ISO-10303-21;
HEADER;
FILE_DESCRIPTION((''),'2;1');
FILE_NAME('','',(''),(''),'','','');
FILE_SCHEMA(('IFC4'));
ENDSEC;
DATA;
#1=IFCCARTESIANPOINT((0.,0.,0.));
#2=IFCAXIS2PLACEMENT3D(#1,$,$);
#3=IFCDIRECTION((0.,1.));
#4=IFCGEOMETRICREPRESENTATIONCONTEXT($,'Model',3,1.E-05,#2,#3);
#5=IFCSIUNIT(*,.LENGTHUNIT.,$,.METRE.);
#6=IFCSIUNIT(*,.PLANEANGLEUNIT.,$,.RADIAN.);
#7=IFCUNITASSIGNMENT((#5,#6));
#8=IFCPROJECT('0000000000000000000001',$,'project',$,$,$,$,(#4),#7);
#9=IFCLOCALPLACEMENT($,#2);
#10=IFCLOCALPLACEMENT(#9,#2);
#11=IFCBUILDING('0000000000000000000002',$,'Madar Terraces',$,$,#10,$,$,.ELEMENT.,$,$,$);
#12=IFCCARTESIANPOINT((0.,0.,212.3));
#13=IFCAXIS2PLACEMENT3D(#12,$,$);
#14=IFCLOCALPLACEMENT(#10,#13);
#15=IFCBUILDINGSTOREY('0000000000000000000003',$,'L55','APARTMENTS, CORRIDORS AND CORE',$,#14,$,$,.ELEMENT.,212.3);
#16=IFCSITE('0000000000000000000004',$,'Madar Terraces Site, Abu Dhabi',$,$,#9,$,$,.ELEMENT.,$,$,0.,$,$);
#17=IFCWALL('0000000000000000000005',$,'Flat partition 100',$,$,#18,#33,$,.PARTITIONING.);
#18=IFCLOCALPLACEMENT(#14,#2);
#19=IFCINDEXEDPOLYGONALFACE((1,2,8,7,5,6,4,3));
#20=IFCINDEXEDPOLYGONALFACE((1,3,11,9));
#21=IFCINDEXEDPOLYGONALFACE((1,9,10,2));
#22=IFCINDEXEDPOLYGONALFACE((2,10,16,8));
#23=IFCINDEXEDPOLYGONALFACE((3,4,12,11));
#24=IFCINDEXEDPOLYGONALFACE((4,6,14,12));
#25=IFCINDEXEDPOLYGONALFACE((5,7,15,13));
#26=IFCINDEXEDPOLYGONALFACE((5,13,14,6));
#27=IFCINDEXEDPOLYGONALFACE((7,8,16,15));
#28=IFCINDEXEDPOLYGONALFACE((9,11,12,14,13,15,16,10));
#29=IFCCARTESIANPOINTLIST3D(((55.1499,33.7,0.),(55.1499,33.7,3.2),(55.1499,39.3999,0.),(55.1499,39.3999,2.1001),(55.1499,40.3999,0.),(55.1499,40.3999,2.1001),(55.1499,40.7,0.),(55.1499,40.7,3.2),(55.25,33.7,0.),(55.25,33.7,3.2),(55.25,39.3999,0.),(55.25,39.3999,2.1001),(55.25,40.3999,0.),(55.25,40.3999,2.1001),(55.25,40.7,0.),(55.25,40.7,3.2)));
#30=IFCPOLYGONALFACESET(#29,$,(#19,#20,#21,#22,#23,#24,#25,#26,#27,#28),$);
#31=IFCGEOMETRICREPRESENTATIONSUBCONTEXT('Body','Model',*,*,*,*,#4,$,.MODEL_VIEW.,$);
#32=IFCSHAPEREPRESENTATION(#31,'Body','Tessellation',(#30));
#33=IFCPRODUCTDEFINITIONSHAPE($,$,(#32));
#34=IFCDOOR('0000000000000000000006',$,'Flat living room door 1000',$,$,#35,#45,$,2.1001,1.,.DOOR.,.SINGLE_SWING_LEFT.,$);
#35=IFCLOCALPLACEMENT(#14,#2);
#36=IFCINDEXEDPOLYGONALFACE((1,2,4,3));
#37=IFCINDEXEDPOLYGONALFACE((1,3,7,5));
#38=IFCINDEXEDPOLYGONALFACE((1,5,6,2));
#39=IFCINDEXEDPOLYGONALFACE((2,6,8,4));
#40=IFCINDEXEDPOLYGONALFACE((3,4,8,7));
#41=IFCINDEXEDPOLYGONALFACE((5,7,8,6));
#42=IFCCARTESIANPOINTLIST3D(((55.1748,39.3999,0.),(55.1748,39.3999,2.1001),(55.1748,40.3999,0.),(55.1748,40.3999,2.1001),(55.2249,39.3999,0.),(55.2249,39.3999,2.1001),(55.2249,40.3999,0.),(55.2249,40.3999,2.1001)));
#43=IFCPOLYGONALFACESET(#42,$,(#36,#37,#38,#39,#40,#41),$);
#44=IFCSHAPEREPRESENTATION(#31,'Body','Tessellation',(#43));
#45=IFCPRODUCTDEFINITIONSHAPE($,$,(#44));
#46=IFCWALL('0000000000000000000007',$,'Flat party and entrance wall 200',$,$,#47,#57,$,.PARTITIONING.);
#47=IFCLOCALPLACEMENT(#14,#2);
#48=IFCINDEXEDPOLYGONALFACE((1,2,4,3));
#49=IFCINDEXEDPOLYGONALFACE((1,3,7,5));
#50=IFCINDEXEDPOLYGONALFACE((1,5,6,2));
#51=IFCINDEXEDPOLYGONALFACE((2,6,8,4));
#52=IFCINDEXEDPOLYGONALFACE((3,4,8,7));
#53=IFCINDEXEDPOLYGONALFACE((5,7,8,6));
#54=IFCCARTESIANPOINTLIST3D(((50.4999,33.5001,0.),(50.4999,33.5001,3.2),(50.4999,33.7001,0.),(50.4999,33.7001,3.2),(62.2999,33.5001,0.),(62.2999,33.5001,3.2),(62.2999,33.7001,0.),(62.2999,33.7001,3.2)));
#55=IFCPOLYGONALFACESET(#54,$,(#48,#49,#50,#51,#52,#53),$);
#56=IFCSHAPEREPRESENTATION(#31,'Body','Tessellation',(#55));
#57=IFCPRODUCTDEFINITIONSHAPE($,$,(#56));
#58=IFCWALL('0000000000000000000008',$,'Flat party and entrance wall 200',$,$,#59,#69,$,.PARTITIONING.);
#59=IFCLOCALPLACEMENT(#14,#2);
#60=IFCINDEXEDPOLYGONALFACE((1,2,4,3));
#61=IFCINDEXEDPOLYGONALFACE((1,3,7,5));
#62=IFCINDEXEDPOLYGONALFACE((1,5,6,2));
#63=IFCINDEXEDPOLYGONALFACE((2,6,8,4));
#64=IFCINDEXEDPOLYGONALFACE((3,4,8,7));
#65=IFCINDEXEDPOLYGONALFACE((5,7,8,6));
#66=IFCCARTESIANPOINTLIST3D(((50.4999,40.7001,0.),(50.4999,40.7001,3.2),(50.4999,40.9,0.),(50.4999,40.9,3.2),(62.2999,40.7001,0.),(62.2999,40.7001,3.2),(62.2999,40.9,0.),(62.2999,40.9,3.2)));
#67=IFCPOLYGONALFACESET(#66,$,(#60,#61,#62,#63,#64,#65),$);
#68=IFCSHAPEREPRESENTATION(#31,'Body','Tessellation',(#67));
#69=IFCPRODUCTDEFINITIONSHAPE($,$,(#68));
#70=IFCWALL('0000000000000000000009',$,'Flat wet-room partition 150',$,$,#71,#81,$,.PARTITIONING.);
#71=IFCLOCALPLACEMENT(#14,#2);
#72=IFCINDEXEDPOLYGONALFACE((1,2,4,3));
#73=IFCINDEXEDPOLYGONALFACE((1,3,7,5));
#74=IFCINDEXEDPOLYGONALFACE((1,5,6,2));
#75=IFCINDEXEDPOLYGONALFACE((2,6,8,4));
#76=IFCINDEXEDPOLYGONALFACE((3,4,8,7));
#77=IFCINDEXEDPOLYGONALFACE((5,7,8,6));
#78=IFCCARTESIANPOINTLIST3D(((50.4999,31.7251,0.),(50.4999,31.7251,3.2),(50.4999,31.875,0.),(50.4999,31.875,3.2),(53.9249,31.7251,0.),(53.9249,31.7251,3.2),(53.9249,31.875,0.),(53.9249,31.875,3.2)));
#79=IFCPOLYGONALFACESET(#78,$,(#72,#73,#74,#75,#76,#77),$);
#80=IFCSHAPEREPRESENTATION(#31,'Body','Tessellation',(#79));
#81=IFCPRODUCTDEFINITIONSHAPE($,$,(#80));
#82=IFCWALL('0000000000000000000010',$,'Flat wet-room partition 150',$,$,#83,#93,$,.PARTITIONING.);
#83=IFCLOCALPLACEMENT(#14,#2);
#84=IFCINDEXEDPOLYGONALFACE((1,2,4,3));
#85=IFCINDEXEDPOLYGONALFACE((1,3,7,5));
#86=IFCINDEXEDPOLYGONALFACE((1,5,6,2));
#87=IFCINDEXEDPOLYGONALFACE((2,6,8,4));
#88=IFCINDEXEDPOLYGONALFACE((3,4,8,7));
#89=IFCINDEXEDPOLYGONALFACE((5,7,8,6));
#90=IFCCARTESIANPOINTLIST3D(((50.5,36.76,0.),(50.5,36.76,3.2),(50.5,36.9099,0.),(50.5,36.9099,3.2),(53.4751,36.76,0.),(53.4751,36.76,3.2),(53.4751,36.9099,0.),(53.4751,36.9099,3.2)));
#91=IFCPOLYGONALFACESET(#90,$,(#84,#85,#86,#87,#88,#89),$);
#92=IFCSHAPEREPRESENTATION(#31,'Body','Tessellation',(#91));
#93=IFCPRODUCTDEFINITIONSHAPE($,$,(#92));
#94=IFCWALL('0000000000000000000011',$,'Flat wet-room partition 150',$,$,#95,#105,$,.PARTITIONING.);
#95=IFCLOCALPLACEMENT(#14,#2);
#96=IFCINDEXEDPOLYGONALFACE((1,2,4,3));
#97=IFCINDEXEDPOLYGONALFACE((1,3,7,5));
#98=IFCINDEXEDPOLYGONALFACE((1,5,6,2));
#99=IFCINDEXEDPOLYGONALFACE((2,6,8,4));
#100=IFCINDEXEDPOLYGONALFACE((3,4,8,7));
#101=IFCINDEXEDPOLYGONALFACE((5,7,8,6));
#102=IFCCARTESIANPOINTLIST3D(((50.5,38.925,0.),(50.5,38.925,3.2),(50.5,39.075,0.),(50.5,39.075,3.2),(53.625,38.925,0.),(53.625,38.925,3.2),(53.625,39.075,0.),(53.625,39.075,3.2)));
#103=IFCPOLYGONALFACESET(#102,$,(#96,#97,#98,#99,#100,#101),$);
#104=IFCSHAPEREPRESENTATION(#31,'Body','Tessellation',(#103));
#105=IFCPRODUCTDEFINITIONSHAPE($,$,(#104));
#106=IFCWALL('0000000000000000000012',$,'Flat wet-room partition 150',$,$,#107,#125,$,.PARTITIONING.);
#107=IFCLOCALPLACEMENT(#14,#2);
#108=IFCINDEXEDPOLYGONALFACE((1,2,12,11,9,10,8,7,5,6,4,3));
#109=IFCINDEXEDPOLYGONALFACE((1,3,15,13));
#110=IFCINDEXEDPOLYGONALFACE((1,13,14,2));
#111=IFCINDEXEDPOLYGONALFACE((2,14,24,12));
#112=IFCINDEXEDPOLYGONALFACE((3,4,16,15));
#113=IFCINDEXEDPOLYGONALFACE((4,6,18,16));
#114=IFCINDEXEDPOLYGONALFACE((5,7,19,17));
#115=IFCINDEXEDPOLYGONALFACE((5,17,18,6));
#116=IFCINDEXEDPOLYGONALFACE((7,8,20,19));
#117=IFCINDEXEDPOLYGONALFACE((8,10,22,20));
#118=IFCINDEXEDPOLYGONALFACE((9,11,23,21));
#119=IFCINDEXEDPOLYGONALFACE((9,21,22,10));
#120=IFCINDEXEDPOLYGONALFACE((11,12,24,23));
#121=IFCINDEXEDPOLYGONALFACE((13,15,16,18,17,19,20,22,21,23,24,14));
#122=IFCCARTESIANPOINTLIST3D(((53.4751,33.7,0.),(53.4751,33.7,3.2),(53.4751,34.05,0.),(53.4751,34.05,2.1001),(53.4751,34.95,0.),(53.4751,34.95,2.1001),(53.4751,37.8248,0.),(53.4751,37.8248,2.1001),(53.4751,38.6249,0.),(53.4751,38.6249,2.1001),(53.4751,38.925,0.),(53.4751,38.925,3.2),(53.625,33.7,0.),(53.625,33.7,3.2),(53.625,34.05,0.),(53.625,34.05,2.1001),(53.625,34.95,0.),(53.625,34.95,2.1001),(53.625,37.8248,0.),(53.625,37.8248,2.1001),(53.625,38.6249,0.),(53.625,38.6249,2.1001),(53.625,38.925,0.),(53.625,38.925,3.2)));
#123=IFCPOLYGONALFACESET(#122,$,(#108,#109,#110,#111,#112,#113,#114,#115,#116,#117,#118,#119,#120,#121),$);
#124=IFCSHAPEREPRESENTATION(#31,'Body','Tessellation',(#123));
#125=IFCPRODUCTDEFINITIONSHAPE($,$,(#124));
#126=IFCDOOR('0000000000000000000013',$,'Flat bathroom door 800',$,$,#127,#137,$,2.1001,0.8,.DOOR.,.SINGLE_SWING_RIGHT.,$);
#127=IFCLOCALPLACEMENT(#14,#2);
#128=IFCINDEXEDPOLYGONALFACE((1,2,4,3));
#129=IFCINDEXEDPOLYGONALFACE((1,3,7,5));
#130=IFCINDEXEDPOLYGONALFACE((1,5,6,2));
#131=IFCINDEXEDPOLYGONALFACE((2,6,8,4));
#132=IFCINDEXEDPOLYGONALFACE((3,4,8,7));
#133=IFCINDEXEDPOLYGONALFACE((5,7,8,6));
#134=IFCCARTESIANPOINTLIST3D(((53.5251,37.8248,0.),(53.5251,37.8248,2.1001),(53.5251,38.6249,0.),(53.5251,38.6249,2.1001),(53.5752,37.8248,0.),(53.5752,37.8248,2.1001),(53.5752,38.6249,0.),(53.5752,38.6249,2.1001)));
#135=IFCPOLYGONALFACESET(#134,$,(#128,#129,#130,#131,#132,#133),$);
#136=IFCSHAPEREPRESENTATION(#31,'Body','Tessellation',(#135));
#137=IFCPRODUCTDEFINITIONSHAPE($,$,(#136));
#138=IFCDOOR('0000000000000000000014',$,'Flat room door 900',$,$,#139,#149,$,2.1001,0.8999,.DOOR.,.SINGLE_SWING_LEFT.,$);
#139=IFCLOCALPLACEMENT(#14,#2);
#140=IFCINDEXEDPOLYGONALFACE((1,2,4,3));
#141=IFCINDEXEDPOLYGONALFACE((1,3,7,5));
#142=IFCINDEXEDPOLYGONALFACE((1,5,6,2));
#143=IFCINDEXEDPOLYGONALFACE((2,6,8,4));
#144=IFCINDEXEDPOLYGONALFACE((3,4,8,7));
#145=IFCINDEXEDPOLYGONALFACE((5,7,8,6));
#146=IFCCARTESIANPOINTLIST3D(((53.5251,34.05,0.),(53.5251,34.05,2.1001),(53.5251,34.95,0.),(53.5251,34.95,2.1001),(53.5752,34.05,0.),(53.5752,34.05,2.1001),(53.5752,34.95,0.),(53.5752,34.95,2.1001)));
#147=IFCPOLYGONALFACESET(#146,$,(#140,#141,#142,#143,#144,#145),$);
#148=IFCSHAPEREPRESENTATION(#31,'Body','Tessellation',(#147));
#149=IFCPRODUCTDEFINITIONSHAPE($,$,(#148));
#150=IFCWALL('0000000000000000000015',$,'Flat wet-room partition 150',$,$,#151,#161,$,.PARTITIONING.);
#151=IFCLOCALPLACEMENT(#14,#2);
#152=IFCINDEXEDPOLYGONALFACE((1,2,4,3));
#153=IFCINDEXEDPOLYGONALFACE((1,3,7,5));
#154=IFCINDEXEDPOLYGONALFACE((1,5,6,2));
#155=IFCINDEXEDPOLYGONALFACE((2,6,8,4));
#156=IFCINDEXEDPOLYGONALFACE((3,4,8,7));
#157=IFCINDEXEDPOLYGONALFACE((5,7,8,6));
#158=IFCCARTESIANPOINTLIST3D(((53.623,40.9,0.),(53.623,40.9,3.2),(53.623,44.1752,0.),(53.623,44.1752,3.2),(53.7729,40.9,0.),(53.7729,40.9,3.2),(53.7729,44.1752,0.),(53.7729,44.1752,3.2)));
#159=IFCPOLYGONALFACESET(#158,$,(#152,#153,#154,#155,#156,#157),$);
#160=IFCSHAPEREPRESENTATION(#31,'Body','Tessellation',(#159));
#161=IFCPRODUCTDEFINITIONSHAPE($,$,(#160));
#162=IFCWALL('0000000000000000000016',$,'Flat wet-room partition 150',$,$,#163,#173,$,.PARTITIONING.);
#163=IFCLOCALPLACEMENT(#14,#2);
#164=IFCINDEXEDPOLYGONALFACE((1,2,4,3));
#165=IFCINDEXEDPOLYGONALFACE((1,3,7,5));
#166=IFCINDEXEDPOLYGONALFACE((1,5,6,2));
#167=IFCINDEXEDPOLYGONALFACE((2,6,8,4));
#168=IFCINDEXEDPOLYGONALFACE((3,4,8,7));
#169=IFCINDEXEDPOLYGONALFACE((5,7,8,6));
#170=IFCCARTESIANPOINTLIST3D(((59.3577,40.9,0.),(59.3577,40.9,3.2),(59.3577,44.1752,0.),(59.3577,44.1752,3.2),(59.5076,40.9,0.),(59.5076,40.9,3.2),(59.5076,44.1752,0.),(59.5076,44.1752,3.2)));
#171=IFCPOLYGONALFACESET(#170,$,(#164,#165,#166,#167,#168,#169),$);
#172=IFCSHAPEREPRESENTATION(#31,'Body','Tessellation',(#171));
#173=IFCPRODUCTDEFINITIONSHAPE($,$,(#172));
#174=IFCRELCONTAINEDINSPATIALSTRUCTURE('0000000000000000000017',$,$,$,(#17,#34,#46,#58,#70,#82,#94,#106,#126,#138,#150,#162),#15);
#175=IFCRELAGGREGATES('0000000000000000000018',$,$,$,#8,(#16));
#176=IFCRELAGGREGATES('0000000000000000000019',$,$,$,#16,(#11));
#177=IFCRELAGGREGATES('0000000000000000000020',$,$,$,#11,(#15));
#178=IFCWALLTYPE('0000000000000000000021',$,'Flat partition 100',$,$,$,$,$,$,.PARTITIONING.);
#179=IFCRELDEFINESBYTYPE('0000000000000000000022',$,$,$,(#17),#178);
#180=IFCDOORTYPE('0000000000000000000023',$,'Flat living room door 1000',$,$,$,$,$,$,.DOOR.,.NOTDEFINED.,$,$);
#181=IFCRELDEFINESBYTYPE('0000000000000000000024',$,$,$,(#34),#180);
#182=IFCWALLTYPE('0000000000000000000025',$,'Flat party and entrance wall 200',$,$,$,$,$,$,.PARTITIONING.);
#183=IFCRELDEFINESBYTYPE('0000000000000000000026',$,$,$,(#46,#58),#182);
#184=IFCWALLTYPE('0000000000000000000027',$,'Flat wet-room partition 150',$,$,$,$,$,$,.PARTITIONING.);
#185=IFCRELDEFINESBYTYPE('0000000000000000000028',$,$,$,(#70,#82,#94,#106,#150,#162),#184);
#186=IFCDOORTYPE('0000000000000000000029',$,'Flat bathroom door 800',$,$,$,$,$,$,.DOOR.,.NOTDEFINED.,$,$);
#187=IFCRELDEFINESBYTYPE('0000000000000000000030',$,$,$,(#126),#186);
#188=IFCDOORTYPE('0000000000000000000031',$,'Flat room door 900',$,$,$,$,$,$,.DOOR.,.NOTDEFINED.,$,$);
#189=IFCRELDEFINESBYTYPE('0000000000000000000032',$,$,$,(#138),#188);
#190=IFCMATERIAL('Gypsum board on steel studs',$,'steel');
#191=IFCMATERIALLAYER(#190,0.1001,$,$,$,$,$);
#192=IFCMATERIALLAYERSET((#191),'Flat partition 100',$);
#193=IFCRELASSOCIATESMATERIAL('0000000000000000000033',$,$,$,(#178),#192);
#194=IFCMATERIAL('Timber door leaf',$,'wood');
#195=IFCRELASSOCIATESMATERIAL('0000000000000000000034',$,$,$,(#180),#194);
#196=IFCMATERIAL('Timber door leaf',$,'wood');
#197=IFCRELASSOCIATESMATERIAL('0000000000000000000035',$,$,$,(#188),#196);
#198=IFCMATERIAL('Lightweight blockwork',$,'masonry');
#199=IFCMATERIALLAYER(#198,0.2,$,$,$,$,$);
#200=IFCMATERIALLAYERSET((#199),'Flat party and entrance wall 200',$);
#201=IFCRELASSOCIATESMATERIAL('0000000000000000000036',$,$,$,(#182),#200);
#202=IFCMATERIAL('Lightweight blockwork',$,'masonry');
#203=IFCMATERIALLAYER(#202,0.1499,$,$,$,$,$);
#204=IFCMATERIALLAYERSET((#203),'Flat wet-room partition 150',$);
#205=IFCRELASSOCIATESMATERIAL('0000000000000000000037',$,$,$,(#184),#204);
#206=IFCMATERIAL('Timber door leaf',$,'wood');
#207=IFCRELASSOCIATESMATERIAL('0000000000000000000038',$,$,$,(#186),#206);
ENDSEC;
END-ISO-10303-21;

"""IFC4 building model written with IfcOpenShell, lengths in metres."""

from ifc_helpers import new_model, si_unit, direction, frame, frame_2d, origin, place, context, subcontext, project, spatial, rectangle, extrude, material, layer, layer_set, type_object, element, fill, save


model = new_model("IFC4")

# Units and contexts
model_context = context("Model", 3, precision=1e-05, world=origin(), true_north=direction((0.0, 1.0)))
body_context = subcontext(model_context, "Body", "Model", "MODEL_VIEW")
ifc_project = project(units=[si_unit("LENGTHUNIT", "METRE"), si_unit("PLANEANGLEUNIT", "RADIAN")], contexts=[model_context])

# Site, building, storey
site_placement = place(None, origin())
site = spatial("IfcSite", under=ifc_project, at=site_placement, Name="Madar Terraces Site, Abu Dhabi", CompositionType="ELEMENT", RefElevation=0.0)
building_placement = place(site_placement, origin())
building = spatial("IfcBuilding", under=site, at=building_placement, Name="Madar Terraces", CompositionType="ELEMENT")
storey_placement = place(building_placement, frame((0.0, 0.0, 212.3)))
storey = spatial("IfcBuildingStorey", under=building, at=storey_placement, Name="L55", Description="APARTMENTS, CORRIDORS AND CORE", CompositionType="ELEMENT", Elevation=212.3)

# Shared definitions
ifc_material_1 = material(Name="Gypsum board on steel studs", Category="steel")
ifc_layer_1 = layer(ifc_material_1, 0.1001)
ifc_layer_set_1 = layer_set([ifc_layer_1], Name="Flat partition 100")
wall_type_1 = type_object("IfcWallType", Name="Flat partition 100", PredefinedType="PARTITIONING", material=ifc_layer_set_1)
ifc_material_2 = material(Name="Timber door leaf", Category="wood")
door_type_1 = type_object("IfcDoorType", Name="Flat living room door 1000", OperationType="NOTDEFINED", PredefinedType="DOOR", material=ifc_material_2)
ifc_material_3 = material(Name="Timber door leaf", Category="wood")
door_type_2 = type_object("IfcDoorType", Name="Flat room door 900", OperationType="NOTDEFINED", PredefinedType="DOOR", material=ifc_material_3)

# Wall, opening, door
wall_1_placement = place(storey_placement, frame((55.2, 40.7, 0.0), z_axis=(0.0, 0.0, 1.0), x_axis=(0.0, -1.0, 0.0)))
wall_1 = element("IfcWall", 1, at=wall_1_placement, inside=storey, type_object=wall_type_1, Name="Flat partition 100", PredefinedType="PARTITIONING", context=body_context, shape_type="SweptSolid", body=[
    extrude(rectangle(XDim=7.0, YDim=0.1001, at=frame_2d((3.5, 0.0))), origin(), (0.0, 0.0, 1.0), 3.2),
])
opening_1_placement = place(wall_1_placement, frame((0.3, 0.0, 0.0)))
opening_1 = element("IfcOpeningElement", 2, at=opening_1_placement, cuts=wall_1, PredefinedType="OPENING", context=body_context, shape_type="SweptSolid", body=[
    extrude(rectangle(XDim=1.0, YDim=2.1001, at=frame_2d((0.5, 1.05))), frame((0.0, 0.0601, 0.0), z_axis=(0.0, -1.0, 0.0), x_axis=(1.0, 0.0, 0.0)), (0.0, 0.0, 1.0), 0.1201),
])
door_1_placement = place(opening_1_placement, origin())
door_1 = element("IfcDoor", 3, at=door_1_placement, inside=storey, type_object=door_type_1, Name="Flat living room door 1000", OperationType="SINGLE_SWING_LEFT", OverallHeight=2.1001, OverallWidth=1.0, PredefinedType="DOOR", context=body_context, shape_type="SweptSolid", body=[
    extrude(rectangle(XDim=1.0, YDim=2.1001, at=frame_2d((0.5, 1.05))), frame((0.0, 0.0249, 0.0), z_axis=(0.0, -1.0, 0.0), x_axis=(1.0, 0.0, 0.0)), (0.0, 0.0, 1.0), 0.05),
])
fill(opening_1, door_1)

# Walls
ifc_material_4 = material(Name="Lightweight blockwork", Category="masonry")
ifc_layer_2 = layer(ifc_material_4, 0.2)
ifc_layer_set_2 = layer_set([ifc_layer_2], Name="Flat party and entrance wall 200")
wall_type_2 = type_object("IfcWallType", Name="Flat party and entrance wall 200", PredefinedType="PARTITIONING", material=ifc_layer_set_2)
for number, where, z_axis, x_axis, name in (
    (4, (50.5, 33.6001, 0.0), (0.0, 0.0, 1.0), (1.0, 0.0, 0.0), "Flat party and entrance wall 200"),
    (5, (50.5, 40.8, 0.0), (0.0, 0.0, 1.0), (1.0, 0.0, 0.0), "Flat party and entrance wall 200"),
):
    element("IfcWall", number, at=place(storey_placement, frame(where, z_axis=z_axis, x_axis=x_axis)), inside=storey, type_object=wall_type_2, Name=name, PredefinedType="PARTITIONING", context=body_context, shape_type="SweptSolid", body=[
        extrude(rectangle(XDim=11.8, YDim=0.2, at=frame_2d((5.8999, 0.0))), origin(), (0.0, 0.0, 1.0), 3.2),
    ])
ifc_material_5 = material(Name="Lightweight blockwork", Category="masonry")
ifc_layer_3 = layer(ifc_material_5, 0.1499)
ifc_layer_set_3 = layer_set([ifc_layer_3], Name="Flat wet-room partition 150")
wall_type_3 = type_object("IfcWallType", Name="Flat wet-room partition 150", PredefinedType="PARTITIONING", material=ifc_layer_set_3)
wall_2_placement = place(storey_placement, frame((50.5, 31.8, 0.0), z_axis=(0.0, 0.0, 1.0), x_axis=(1.0, 0.0, 0.0)))
element("IfcWall", 6, at=wall_2_placement, inside=storey, type_object=wall_type_3, Name="Flat wet-room partition 150", PredefinedType="PARTITIONING", context=body_context, shape_type="SweptSolid", body=[
    extrude(rectangle(XDim=3.425, YDim=0.1499, at=frame_2d((1.7124, 0.0))), origin(), (0.0, 0.0, 1.0), 3.2),
])
wall_3_placement = place(storey_placement, frame((50.5, 36.835, 0.0), z_axis=(0.0, 0.0, 1.0), x_axis=(1.0, 0.0, 0.0)))
element("IfcWall", 7, at=wall_3_placement, inside=storey, type_object=wall_type_3, Name="Flat wet-room partition 150", PredefinedType="PARTITIONING", context=body_context, shape_type="SweptSolid", body=[
    extrude(rectangle(XDim=2.9751, YDim=0.1499, at=frame_2d((1.4875, 0.0))), origin(), (0.0, 0.0, 1.0), 3.2),
])
wall_4_placement = place(storey_placement, frame((50.5, 39.0, 0.0), z_axis=(0.0, 0.0, 1.0), x_axis=(1.0, 0.0, 0.0)))
element("IfcWall", 8, at=wall_4_placement, inside=storey, type_object=wall_type_3, Name="Flat wet-room partition 150", PredefinedType="PARTITIONING", context=body_context, shape_type="SweptSolid", body=[
    extrude(rectangle(XDim=3.125, YDim=0.1499, at=frame_2d((1.5625, 0.0))), origin(), (0.0, 0.0, 1.0), 3.2),
])

# Wall, openings, doors
wall_5_placement = place(storey_placement, frame((53.55, 33.7, 0.0), z_axis=(0.0, 0.0, 1.0), x_axis=(0.0, 1.0, 0.0)))
wall_5 = element("IfcWall", 9, at=wall_5_placement, inside=storey, type_object=wall_type_3, Name="Flat wet-room partition 150", PredefinedType="PARTITIONING", context=body_context, shape_type="SweptSolid", body=[
    extrude(rectangle(XDim=5.2251, YDim=0.1499, at=frame_2d((2.6125, 0.0))), origin(), (0.0, 0.0, 1.0), 3.2),
])
opening_2_placement = place(wall_5_placement, frame((4.125, 0.0, 0.0)))
opening_2 = element("IfcOpeningElement", 10, at=opening_2_placement, cuts=wall_5, PredefinedType="OPENING", context=body_context, shape_type="SweptSolid", body=[
    extrude(rectangle(XDim=0.8, YDim=2.1001, at=frame_2d((0.3999, 1.05))), frame((0.0, 0.085, 0.0), z_axis=(0.0, -1.0, 0.0), x_axis=(1.0, 0.0, 0.0)), (0.0, 0.0, 1.0), 0.1699),
])
opening_3_placement = place(wall_5_placement, frame((0.3501, 0.0, 0.0)))
opening_3 = element("IfcOpeningElement", 11, at=opening_3_placement, cuts=wall_5, PredefinedType="OPENING", context=body_context, shape_type="SweptSolid", body=[
    extrude(rectangle(XDim=0.8999, YDim=2.1001, at=frame_2d((0.45, 1.05))), frame((0.0, 0.085, 0.0), z_axis=(0.0, -1.0, 0.0), x_axis=(1.0, 0.0, 0.0)), (0.0, 0.0, 1.0), 0.1699),
])
ifc_material_6 = material(Name="Timber door leaf", Category="wood")
door_type_3 = type_object("IfcDoorType", Name="Flat bathroom door 800", OperationType="NOTDEFINED", PredefinedType="DOOR", material=ifc_material_6)
door_2_placement = place(opening_2_placement, origin())
door_2 = element("IfcDoor", 12, at=door_2_placement, inside=storey, type_object=door_type_3, Name="Flat bathroom door 800", OperationType="SINGLE_SWING_RIGHT", OverallHeight=2.1001, OverallWidth=0.8, PredefinedType="DOOR", context=body_context, shape_type="SweptSolid", body=[
    extrude(rectangle(XDim=0.8, YDim=2.1001, at=frame_2d((0.3999, 1.05))), frame((0.0, 0.0249, 0.0), z_axis=(0.0, -1.0, 0.0), x_axis=(1.0, 0.0, 0.0)), (0.0, 0.0, 1.0), 0.05),
])
fill(opening_2, door_2)
door_3_placement = place(opening_3_placement, origin())
door_3 = element("IfcDoor", 13, at=door_3_placement, inside=storey, type_object=door_type_2, Name="Flat room door 900", OperationType="SINGLE_SWING_LEFT", OverallHeight=2.1001, OverallWidth=0.8999, PredefinedType="DOOR", context=body_context, shape_type="SweptSolid", body=[
    extrude(rectangle(XDim=0.8999, YDim=2.1001, at=frame_2d((0.45, 1.05))), frame((0.0, 0.0249, 0.0), z_axis=(0.0, -1.0, 0.0), x_axis=(1.0, 0.0, 0.0)), (0.0, 0.0, 1.0), 0.05),
])
fill(opening_3, door_3)

# Walls
for number, where, z_axis, x_axis, name in (
    (14, (53.698, 40.8999, 0.0), (0.0, 0.0, 1.0), (0.0, 1.0, 0.0), "Flat wet-room partition 150"),
    (15, (59.4326, 40.8999, 0.0), (0.0, 0.0, 1.0), (0.0, 1.0, 0.0), "Flat wet-room partition 150"),
):
    element("IfcWall", number, at=place(storey_placement, frame(where, z_axis=z_axis, x_axis=x_axis)), inside=storey, type_object=wall_type_3, Name=name, PredefinedType="PARTITIONING", context=body_context, shape_type="SweptSolid", body=[
        extrude(rectangle(XDim=3.2751, YDim=0.1499, at=frame_2d((1.6377, 0.0))), origin(), (0.0, 0.0, 1.0), 3.2),
    ])

save(model, "model.ifc")
